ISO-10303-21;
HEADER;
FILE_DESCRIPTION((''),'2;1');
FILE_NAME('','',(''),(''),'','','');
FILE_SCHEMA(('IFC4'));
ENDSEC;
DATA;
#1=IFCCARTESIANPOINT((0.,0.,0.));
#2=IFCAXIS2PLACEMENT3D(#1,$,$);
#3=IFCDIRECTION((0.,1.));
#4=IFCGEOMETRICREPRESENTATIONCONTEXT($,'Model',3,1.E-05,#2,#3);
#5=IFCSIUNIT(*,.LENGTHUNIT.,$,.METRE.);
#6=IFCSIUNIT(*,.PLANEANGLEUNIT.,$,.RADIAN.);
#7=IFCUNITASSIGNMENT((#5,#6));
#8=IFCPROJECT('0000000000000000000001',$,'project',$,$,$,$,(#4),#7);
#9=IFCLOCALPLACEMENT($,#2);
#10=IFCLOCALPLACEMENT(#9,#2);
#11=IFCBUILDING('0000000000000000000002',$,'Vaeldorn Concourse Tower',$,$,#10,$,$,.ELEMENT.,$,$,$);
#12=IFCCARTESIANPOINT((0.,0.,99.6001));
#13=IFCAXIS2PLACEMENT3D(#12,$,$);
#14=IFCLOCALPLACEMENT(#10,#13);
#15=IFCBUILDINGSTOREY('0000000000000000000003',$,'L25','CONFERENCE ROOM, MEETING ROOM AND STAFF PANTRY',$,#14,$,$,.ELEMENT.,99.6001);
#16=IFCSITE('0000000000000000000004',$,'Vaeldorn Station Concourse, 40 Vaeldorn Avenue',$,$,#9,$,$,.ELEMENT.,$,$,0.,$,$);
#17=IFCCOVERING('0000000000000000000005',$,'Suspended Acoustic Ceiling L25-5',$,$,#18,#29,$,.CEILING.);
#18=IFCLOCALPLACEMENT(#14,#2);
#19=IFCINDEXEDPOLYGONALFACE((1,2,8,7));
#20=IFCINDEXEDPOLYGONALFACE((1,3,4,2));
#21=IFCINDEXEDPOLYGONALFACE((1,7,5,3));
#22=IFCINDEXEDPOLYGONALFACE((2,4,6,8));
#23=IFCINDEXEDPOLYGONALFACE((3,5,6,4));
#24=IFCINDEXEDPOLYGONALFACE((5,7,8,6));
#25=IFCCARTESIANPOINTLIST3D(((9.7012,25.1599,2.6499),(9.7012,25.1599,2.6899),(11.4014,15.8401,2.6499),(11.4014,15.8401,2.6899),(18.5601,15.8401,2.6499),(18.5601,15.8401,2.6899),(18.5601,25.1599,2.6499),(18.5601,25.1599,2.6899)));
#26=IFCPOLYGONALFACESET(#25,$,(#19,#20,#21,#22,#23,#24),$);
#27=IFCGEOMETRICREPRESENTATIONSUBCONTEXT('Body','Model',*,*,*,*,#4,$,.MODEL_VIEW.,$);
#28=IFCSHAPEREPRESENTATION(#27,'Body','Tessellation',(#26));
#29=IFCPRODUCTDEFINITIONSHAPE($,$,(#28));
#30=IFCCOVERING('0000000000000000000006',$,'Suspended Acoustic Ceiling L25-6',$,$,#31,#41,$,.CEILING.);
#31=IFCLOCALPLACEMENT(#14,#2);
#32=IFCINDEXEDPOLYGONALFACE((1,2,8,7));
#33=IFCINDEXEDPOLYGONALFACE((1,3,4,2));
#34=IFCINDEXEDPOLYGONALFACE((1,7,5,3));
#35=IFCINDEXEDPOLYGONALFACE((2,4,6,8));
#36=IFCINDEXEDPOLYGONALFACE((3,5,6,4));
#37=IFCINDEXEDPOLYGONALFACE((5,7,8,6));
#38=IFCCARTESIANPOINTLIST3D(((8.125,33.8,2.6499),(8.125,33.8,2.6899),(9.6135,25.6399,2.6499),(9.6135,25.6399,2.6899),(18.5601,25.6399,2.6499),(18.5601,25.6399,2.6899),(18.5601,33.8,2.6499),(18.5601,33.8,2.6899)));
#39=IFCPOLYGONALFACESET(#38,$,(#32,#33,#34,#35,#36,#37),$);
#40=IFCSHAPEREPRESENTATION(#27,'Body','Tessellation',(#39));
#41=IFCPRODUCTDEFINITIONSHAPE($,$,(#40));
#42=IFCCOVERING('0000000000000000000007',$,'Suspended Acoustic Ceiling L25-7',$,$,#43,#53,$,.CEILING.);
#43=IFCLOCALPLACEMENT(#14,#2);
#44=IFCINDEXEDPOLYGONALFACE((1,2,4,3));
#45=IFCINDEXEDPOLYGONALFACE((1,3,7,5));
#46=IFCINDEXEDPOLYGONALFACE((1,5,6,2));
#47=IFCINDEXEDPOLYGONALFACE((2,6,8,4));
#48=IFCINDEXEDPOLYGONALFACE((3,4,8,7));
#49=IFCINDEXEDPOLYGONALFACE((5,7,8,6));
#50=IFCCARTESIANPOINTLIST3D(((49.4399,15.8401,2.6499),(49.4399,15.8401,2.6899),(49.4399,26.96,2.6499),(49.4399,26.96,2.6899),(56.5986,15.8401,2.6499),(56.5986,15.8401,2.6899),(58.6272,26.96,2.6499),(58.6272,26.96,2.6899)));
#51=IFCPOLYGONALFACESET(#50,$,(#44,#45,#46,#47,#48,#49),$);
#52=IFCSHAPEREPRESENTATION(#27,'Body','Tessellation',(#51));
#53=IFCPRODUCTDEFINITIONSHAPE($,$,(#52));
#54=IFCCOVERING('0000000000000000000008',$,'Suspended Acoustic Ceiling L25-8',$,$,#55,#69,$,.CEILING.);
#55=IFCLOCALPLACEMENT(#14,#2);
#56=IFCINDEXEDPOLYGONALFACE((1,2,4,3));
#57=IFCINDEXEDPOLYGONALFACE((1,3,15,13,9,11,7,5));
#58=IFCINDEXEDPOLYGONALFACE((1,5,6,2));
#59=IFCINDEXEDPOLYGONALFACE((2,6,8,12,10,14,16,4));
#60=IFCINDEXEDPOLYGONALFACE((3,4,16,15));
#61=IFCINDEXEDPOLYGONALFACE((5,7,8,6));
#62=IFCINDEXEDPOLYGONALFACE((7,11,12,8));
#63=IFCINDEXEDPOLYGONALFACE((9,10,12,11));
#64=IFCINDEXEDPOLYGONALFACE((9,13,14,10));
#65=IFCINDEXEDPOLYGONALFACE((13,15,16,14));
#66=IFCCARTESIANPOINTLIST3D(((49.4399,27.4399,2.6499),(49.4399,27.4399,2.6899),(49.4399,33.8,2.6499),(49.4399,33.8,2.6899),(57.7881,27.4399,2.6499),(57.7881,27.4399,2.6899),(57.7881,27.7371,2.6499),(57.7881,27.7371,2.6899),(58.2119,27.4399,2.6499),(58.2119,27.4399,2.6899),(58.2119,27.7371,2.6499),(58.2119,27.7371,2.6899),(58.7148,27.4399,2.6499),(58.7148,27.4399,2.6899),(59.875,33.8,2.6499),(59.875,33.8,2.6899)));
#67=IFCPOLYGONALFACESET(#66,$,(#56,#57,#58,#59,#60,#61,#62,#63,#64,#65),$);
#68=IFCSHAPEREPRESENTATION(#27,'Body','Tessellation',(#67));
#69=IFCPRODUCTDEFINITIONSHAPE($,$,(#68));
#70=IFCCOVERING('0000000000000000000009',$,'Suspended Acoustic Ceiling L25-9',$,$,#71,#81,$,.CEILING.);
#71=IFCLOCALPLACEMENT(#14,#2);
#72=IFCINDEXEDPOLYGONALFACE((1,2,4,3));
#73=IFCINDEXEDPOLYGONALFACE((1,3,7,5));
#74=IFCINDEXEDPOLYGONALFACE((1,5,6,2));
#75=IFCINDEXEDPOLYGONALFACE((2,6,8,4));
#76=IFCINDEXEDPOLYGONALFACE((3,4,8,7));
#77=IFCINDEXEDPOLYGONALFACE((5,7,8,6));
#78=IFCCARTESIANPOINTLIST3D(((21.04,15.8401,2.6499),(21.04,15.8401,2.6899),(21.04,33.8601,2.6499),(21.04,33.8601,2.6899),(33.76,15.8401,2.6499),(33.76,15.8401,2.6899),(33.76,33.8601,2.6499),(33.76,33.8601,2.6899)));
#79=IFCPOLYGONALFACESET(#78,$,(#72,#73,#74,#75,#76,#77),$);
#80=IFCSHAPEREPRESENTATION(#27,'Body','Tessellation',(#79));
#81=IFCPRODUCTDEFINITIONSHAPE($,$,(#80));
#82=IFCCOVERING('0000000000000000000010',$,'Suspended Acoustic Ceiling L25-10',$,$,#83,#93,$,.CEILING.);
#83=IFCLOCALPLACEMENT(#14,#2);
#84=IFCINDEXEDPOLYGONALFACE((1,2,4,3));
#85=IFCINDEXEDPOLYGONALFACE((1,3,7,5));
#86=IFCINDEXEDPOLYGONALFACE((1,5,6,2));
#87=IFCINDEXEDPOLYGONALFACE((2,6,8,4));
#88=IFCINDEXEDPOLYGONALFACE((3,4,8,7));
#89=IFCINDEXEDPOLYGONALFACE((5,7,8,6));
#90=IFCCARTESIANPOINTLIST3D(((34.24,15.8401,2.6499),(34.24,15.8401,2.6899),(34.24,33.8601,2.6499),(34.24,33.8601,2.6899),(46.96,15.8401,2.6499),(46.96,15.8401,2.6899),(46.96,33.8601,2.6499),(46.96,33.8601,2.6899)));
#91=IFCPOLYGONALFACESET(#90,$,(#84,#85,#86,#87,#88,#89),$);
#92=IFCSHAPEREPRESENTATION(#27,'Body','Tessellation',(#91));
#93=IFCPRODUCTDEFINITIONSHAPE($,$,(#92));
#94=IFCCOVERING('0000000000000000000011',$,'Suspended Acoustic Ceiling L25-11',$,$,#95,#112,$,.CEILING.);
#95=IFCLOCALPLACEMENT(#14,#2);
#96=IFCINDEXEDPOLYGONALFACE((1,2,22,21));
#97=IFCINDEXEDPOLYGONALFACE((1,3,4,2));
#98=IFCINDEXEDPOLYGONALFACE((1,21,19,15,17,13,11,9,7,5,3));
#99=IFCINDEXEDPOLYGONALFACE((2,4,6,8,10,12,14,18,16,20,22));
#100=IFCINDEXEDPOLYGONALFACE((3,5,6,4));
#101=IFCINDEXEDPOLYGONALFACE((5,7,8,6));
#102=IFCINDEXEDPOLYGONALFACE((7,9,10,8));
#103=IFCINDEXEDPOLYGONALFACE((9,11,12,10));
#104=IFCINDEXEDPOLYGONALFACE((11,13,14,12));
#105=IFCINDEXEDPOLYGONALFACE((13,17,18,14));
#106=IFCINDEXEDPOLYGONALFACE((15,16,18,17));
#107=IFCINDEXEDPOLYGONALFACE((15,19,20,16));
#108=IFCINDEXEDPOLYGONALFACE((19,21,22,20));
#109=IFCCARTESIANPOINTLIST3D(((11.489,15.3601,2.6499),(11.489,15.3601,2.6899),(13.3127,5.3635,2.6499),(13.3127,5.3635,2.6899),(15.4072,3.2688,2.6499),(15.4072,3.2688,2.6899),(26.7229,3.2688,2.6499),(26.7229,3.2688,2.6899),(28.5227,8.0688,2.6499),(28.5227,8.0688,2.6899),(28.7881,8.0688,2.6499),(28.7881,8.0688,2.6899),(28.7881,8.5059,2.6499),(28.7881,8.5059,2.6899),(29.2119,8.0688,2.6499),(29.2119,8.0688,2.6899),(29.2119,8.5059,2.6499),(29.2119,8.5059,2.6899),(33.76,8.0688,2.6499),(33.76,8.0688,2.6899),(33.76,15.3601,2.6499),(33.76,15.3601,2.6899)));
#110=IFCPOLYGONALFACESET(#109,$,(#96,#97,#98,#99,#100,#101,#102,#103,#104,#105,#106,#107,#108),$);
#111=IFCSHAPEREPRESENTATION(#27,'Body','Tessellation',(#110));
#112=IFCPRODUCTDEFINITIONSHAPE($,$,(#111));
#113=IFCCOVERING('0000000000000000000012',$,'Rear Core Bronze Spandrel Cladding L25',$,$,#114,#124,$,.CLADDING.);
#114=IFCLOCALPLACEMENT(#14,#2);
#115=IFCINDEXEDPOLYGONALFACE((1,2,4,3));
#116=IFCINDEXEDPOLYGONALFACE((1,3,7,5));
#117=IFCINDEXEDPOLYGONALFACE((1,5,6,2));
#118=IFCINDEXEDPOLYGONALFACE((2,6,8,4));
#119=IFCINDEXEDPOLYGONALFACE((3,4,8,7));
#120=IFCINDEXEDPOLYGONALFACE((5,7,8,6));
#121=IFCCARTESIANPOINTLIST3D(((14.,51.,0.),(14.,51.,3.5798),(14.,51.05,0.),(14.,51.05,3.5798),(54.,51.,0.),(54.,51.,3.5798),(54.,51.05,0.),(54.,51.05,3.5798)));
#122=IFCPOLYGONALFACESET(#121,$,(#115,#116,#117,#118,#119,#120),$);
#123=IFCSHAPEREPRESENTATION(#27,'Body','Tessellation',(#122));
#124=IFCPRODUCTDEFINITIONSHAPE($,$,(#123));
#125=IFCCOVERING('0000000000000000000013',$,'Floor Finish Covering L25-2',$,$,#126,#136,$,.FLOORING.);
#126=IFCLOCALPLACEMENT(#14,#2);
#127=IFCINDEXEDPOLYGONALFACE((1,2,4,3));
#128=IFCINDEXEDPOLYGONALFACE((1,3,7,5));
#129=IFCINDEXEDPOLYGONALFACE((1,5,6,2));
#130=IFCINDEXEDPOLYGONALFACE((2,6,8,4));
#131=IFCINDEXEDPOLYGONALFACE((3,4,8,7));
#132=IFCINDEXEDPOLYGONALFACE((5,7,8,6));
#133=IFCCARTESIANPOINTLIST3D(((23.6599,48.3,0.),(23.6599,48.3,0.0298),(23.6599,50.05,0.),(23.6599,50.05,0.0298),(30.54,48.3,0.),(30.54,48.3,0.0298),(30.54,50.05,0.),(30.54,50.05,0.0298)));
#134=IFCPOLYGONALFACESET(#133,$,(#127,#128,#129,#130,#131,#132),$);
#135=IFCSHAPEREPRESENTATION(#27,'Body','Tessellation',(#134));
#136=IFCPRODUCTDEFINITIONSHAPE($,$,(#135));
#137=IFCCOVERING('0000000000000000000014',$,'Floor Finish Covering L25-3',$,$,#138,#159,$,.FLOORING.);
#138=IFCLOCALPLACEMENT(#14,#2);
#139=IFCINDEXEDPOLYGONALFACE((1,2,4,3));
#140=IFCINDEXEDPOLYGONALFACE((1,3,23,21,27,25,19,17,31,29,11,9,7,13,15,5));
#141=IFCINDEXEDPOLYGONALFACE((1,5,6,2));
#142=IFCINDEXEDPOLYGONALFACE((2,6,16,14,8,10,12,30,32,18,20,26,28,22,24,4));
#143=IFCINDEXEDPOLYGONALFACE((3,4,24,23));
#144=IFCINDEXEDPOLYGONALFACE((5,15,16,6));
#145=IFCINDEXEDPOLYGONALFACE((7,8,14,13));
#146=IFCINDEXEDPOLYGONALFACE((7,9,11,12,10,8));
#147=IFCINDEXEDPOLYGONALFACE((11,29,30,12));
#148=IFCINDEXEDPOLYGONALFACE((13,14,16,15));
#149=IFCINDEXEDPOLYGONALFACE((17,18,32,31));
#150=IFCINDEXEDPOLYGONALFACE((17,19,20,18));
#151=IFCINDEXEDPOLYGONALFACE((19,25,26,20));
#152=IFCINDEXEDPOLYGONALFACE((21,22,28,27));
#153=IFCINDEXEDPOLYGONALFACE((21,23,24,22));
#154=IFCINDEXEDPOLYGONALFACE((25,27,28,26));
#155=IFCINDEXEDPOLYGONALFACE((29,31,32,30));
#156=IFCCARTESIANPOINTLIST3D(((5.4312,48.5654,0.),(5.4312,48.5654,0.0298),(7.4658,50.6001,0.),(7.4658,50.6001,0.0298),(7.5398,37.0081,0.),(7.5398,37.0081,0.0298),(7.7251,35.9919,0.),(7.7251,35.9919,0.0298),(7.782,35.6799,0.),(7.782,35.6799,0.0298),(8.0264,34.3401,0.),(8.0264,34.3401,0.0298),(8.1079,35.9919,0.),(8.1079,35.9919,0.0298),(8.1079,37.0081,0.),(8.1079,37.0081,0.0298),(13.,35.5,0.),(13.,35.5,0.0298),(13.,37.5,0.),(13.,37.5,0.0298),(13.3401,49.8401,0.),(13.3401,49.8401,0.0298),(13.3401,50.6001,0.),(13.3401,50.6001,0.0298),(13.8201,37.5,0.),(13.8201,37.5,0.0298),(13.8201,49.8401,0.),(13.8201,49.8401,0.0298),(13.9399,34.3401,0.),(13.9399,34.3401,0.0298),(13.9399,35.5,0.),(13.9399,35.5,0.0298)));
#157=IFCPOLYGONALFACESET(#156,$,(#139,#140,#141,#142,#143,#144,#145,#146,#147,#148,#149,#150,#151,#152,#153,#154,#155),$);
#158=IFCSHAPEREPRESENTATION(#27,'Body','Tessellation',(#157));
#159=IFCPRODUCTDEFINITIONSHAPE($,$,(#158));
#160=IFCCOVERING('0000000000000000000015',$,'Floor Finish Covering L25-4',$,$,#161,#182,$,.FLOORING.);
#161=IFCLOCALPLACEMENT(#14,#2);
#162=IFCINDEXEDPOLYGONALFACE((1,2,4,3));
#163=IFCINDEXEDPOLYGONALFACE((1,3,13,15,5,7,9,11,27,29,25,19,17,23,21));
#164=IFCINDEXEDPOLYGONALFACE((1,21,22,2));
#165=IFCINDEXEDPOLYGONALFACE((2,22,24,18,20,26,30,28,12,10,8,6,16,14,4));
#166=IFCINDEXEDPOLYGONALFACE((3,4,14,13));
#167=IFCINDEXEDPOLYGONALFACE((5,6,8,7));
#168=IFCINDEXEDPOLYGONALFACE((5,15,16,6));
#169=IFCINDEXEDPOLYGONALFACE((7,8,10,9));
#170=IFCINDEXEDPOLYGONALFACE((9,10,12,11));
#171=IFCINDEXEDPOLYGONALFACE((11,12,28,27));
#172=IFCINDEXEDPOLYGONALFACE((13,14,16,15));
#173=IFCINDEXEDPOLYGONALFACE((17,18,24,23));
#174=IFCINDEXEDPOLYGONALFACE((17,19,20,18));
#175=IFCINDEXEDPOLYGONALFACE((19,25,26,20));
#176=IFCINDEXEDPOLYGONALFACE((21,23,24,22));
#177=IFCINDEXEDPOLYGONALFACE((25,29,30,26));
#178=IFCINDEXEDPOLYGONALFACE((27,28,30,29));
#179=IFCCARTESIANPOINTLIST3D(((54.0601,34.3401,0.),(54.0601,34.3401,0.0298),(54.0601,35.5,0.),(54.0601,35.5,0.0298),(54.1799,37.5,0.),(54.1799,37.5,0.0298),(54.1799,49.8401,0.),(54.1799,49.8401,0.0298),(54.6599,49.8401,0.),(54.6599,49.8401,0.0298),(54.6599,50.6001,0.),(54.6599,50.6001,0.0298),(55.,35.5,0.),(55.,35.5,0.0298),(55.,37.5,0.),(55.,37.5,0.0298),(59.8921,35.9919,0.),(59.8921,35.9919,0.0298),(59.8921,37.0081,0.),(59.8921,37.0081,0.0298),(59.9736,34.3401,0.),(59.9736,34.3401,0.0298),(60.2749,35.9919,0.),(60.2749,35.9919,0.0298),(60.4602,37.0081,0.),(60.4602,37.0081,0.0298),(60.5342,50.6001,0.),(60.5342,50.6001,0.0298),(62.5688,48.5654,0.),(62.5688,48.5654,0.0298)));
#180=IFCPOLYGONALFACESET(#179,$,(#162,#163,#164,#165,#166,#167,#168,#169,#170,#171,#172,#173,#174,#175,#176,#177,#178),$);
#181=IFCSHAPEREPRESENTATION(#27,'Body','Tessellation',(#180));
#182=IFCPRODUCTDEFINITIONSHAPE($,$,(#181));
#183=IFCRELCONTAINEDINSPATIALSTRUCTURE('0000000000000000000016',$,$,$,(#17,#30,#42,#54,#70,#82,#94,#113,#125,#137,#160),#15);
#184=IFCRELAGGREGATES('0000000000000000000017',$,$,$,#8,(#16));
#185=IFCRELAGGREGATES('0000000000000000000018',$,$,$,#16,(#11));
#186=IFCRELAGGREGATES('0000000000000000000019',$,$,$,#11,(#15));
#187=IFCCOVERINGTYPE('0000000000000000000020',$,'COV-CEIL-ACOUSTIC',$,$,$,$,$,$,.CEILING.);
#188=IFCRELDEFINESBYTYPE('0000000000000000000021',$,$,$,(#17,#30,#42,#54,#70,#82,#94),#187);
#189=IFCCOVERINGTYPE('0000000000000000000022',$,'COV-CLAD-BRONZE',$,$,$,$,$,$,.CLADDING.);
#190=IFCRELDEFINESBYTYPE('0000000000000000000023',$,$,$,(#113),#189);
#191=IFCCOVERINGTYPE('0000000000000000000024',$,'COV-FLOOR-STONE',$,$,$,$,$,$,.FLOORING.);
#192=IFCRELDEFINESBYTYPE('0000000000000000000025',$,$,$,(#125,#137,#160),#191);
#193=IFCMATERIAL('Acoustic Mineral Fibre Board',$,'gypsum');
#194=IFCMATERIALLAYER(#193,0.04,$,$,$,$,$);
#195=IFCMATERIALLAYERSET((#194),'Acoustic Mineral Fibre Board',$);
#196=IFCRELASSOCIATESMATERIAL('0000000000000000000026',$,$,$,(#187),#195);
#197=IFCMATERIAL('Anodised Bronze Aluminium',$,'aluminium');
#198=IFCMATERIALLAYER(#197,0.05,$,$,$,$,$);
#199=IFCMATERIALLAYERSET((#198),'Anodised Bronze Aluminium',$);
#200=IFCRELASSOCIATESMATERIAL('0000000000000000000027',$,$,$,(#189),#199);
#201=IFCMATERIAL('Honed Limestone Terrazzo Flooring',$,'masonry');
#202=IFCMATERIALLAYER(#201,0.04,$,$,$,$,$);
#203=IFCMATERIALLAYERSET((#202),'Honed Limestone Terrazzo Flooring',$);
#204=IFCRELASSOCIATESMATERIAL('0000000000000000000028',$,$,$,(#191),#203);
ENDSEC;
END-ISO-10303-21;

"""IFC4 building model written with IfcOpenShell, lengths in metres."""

from ifc_helpers import new_model, si_unit, direction, frame, origin, place, context, subcontext, project, spatial, polyline, outline, extrude, material, layer, layer_set, type_object, element, save


model = new_model("IFC4")

# Units and contexts
model_context = context("Model", 3, precision=1e-05, world=origin(), true_north=direction((0.0, 1.0)))
body_context = subcontext(model_context, "Body", "Model", "MODEL_VIEW")
ifc_project = project(units=[si_unit("LENGTHUNIT", "METRE"), si_unit("PLANEANGLEUNIT", "RADIAN")], contexts=[model_context])

# Site, building, storey
site_placement = place(None, origin())
site = spatial("IfcSite", under=ifc_project, at=site_placement, Name="Vaeldorn Station Concourse, 40 Vaeldorn Avenue", CompositionType="ELEMENT", RefElevation=0.0)
building_placement = place(site_placement, origin())
building = spatial("IfcBuilding", under=site, at=building_placement, Name="Vaeldorn Concourse Tower", CompositionType="ELEMENT")
storey_placement = place(building_placement, frame((0.0, 0.0, 99.6001)))
storey = spatial("IfcBuildingStorey", under=building, at=storey_placement, Name="L25", Description="CONFERENCE ROOM, MEETING ROOM AND STAFF PANTRY", CompositionType="ELEMENT", Elevation=99.6001)

# Coverings
ifc_material_1 = material(Name="Acoustic Mineral Fibre Board", Category="gypsum")
ifc_layer_1 = layer(ifc_material_1, 0.04)
ifc_layer_set_1 = layer_set([ifc_layer_1], Name="Acoustic Mineral Fibre Board")
covering_type_1 = type_object("IfcCoveringType", Name="COV-CEIL-ACOUSTIC", PredefinedType="CEILING", material=ifc_layer_set_1)
covering_1_placement = place(storey_placement, frame((0.0, 0.0, 2.6499)))
element("IfcCovering", 1, at=covering_1_placement, inside=storey, type_object=covering_type_1, Name="Suspended Acoustic Ceiling L25-5", PredefinedType="CEILING", context=body_context, shape_type="SweptSolid", body=[
    extrude(outline(polyline([(18.5601, 25.1599), (18.5601, 15.8401), (11.4014, 15.8401), (9.7012, 25.1599), (18.5601, 25.1599)])), origin(), (0.0, 0.0, 1.0), 0.04),
])
covering_2_placement = place(storey_placement, frame((0.0, 0.0, 2.6499)))
element("IfcCovering", 2, at=covering_2_placement, inside=storey, type_object=covering_type_1, Name="Suspended Acoustic Ceiling L25-6", PredefinedType="CEILING", context=body_context, shape_type="SweptSolid", body=[
    extrude(outline(polyline([(18.5601, 33.8), (18.5601, 25.6399), (9.6135, 25.6399), (8.125, 33.8), (18.5601, 33.8)])), origin(), (0.0, 0.0, 1.0), 0.04),
])
covering_3_placement = place(storey_placement, frame((0.0, 0.0, 2.6499)))
element("IfcCovering", 3, at=covering_3_placement, inside=storey, type_object=covering_type_1, Name="Suspended Acoustic Ceiling L25-7", PredefinedType="CEILING", context=body_context, shape_type="SweptSolid", body=[
    extrude(outline(polyline([(49.4399, 15.8401), (49.4399, 26.96), (58.6272, 26.96), (56.5986, 15.8401), (49.4399, 15.8401)])), origin(), (0.0, 0.0, 1.0), 0.04),
])
covering_4_placement = place(storey_placement, frame((0.0, 0.0, 2.6499)))
element("IfcCovering", 4, at=covering_4_placement, inside=storey, type_object=covering_type_1, Name="Suspended Acoustic Ceiling L25-8", PredefinedType="CEILING", context=body_context, shape_type="SweptSolid", body=[
    extrude(outline(polyline([(49.4399, 33.8), (59.875, 33.8), (58.7148, 27.4399), (58.2119, 27.4399), (58.2119, 27.7371), (57.7881, 27.7371), (57.7881, 27.4399), (49.4399, 27.4399), (49.4399, 33.8)])), origin(), (0.0, 0.0, 1.0), 0.04),
])
covering_5_placement = place(storey_placement, frame((0.0, 0.0, 2.6499)))
element("IfcCovering", 5, at=covering_5_placement, inside=storey, type_object=covering_type_1, Name="Suspended Acoustic Ceiling L25-9", PredefinedType="CEILING", context=body_context, shape_type="SweptSolid", body=[
    extrude(outline(polyline([(21.04, 33.8601), (33.76, 33.8601), (33.76, 15.8401), (21.04, 15.8401), (21.04, 33.8601)])), origin(), (0.0, 0.0, 1.0), 0.04),
])
covering_6_placement = place(storey_placement, frame((0.0, 0.0, 2.6499)))
element("IfcCovering", 6, at=covering_6_placement, inside=storey, type_object=covering_type_1, Name="Suspended Acoustic Ceiling L25-10", PredefinedType="CEILING", context=body_context, shape_type="SweptSolid", body=[
    extrude(outline(polyline([(34.24, 33.8601), (46.96, 33.8601), (46.96, 15.8401), (34.24, 15.8401), (34.24, 33.8601)])), origin(), (0.0, 0.0, 1.0), 0.04),
])
covering_7_placement = place(storey_placement, frame((0.0, 0.0, 2.6499)))
element("IfcCovering", 7, at=covering_7_placement, inside=storey, type_object=covering_type_1, Name="Suspended Acoustic Ceiling L25-11", PredefinedType="CEILING", context=body_context, shape_type="SweptSolid", body=[
    extrude(outline(polyline([(33.76, 15.3601), (33.76, 8.0688), (29.2119, 8.0688), (29.2119, 8.5059), (28.7881, 8.5059), (28.7881, 8.0688), (28.5227, 8.0688), (26.7229, 3.2688), (15.4072, 3.2688), (13.3127, 5.3635), (11.489, 15.3601), (33.76, 15.3601)])), origin(), (0.0, 0.0, 1.0), 0.04),
])
ifc_material_2 = material(Name="Anodised Bronze Aluminium", Category="aluminium")
ifc_layer_2 = layer(ifc_material_2, 0.05)
ifc_layer_set_2 = layer_set([ifc_layer_2], Name="Anodised Bronze Aluminium")
covering_type_2 = type_object("IfcCoveringType", Name="COV-CLAD-BRONZE", PredefinedType="CLADDING", material=ifc_layer_set_2)
covering_8_placement = place(storey_placement, origin())
element("IfcCovering", 8, at=covering_8_placement, inside=storey, type_object=covering_type_2, Name="Rear Core Bronze Spandrel Cladding L25", PredefinedType="CLADDING", context=body_context, shape_type="SweptSolid", body=[
    extrude(outline(polyline([(14.0, 51.0), (54.0, 51.0), (54.0, 51.05), (14.0, 51.05), (14.0, 51.0)])), origin(), (0.0, 0.0, 1.0), 3.5798),
])
ifc_material_3 = material(Name="Honed Limestone Terrazzo Flooring", Category="masonry")
ifc_layer_3 = layer(ifc_material_3, 0.04)
ifc_layer_set_3 = layer_set([ifc_layer_3], Name="Honed Limestone Terrazzo Flooring")
covering_type_3 = type_object("IfcCoveringType", Name="COV-FLOOR-STONE", PredefinedType="FLOORING", material=ifc_layer_set_3)
covering_9_placement = place(storey_placement, origin())
element("IfcCovering", 9, at=covering_9_placement, inside=storey, type_object=covering_type_3, Name="Floor Finish Covering L25-2", PredefinedType="FLOORING", context=body_context, shape_type="SweptSolid", body=[
    extrude(outline(polyline([(30.54, 50.05), (30.54, 48.3), (23.6599, 48.3), (23.6599, 50.05), (30.54, 50.05)])), origin(), (0.0, 0.0, 1.0), 0.0298),
])
covering_10_placement = place(storey_placement, origin())
element("IfcCovering", 10, at=covering_10_placement, inside=storey, type_object=covering_type_3, Name="Floor Finish Covering L25-3", PredefinedType="FLOORING", context=body_context, shape_type="SweptSolid", body=[
    extrude(outline(polyline([(7.4658, 50.6001), (13.3401, 50.6001), (13.3401, 49.8401), (13.8201, 49.8401), (13.8201, 37.5), (13.0, 37.5), (13.0, 35.5), (13.9399, 35.5), (13.9399, 34.3401), (8.0264, 34.3401), (7.782, 35.6799), (7.782, 35.6799), (7.7251, 35.9919), (8.1079, 35.9919), (8.1079, 37.0081), (7.5398, 37.0081), (5.4312, 48.5654), (7.4658, 50.6001)])), origin(), (0.0, 0.0, 1.0), 0.0298),
])
covering_11_placement = place(storey_placement, origin())
element("IfcCovering", 11, at=covering_11_placement, inside=storey, type_object=covering_type_3, Name="Floor Finish Covering L25-4", PredefinedType="FLOORING", context=body_context, shape_type="SweptSolid", body=[
    extrude(outline(polyline([(54.1799, 49.8401), (54.6599, 49.8401), (54.6599, 50.6001), (60.5342, 50.6001), (62.5688, 48.5654), (60.4602, 37.0081), (59.8921, 37.0081), (59.8921, 35.9919), (60.2749, 35.9919), (59.9736, 34.3401), (54.0601, 34.3401), (54.0601, 35.5), (55.0, 35.5), (55.0, 37.5), (54.1799, 37.5), (54.1799, 49.8401)])), origin(), (0.0, 0.0, 1.0), 0.0298),
])

save(model, "model.ifc")
